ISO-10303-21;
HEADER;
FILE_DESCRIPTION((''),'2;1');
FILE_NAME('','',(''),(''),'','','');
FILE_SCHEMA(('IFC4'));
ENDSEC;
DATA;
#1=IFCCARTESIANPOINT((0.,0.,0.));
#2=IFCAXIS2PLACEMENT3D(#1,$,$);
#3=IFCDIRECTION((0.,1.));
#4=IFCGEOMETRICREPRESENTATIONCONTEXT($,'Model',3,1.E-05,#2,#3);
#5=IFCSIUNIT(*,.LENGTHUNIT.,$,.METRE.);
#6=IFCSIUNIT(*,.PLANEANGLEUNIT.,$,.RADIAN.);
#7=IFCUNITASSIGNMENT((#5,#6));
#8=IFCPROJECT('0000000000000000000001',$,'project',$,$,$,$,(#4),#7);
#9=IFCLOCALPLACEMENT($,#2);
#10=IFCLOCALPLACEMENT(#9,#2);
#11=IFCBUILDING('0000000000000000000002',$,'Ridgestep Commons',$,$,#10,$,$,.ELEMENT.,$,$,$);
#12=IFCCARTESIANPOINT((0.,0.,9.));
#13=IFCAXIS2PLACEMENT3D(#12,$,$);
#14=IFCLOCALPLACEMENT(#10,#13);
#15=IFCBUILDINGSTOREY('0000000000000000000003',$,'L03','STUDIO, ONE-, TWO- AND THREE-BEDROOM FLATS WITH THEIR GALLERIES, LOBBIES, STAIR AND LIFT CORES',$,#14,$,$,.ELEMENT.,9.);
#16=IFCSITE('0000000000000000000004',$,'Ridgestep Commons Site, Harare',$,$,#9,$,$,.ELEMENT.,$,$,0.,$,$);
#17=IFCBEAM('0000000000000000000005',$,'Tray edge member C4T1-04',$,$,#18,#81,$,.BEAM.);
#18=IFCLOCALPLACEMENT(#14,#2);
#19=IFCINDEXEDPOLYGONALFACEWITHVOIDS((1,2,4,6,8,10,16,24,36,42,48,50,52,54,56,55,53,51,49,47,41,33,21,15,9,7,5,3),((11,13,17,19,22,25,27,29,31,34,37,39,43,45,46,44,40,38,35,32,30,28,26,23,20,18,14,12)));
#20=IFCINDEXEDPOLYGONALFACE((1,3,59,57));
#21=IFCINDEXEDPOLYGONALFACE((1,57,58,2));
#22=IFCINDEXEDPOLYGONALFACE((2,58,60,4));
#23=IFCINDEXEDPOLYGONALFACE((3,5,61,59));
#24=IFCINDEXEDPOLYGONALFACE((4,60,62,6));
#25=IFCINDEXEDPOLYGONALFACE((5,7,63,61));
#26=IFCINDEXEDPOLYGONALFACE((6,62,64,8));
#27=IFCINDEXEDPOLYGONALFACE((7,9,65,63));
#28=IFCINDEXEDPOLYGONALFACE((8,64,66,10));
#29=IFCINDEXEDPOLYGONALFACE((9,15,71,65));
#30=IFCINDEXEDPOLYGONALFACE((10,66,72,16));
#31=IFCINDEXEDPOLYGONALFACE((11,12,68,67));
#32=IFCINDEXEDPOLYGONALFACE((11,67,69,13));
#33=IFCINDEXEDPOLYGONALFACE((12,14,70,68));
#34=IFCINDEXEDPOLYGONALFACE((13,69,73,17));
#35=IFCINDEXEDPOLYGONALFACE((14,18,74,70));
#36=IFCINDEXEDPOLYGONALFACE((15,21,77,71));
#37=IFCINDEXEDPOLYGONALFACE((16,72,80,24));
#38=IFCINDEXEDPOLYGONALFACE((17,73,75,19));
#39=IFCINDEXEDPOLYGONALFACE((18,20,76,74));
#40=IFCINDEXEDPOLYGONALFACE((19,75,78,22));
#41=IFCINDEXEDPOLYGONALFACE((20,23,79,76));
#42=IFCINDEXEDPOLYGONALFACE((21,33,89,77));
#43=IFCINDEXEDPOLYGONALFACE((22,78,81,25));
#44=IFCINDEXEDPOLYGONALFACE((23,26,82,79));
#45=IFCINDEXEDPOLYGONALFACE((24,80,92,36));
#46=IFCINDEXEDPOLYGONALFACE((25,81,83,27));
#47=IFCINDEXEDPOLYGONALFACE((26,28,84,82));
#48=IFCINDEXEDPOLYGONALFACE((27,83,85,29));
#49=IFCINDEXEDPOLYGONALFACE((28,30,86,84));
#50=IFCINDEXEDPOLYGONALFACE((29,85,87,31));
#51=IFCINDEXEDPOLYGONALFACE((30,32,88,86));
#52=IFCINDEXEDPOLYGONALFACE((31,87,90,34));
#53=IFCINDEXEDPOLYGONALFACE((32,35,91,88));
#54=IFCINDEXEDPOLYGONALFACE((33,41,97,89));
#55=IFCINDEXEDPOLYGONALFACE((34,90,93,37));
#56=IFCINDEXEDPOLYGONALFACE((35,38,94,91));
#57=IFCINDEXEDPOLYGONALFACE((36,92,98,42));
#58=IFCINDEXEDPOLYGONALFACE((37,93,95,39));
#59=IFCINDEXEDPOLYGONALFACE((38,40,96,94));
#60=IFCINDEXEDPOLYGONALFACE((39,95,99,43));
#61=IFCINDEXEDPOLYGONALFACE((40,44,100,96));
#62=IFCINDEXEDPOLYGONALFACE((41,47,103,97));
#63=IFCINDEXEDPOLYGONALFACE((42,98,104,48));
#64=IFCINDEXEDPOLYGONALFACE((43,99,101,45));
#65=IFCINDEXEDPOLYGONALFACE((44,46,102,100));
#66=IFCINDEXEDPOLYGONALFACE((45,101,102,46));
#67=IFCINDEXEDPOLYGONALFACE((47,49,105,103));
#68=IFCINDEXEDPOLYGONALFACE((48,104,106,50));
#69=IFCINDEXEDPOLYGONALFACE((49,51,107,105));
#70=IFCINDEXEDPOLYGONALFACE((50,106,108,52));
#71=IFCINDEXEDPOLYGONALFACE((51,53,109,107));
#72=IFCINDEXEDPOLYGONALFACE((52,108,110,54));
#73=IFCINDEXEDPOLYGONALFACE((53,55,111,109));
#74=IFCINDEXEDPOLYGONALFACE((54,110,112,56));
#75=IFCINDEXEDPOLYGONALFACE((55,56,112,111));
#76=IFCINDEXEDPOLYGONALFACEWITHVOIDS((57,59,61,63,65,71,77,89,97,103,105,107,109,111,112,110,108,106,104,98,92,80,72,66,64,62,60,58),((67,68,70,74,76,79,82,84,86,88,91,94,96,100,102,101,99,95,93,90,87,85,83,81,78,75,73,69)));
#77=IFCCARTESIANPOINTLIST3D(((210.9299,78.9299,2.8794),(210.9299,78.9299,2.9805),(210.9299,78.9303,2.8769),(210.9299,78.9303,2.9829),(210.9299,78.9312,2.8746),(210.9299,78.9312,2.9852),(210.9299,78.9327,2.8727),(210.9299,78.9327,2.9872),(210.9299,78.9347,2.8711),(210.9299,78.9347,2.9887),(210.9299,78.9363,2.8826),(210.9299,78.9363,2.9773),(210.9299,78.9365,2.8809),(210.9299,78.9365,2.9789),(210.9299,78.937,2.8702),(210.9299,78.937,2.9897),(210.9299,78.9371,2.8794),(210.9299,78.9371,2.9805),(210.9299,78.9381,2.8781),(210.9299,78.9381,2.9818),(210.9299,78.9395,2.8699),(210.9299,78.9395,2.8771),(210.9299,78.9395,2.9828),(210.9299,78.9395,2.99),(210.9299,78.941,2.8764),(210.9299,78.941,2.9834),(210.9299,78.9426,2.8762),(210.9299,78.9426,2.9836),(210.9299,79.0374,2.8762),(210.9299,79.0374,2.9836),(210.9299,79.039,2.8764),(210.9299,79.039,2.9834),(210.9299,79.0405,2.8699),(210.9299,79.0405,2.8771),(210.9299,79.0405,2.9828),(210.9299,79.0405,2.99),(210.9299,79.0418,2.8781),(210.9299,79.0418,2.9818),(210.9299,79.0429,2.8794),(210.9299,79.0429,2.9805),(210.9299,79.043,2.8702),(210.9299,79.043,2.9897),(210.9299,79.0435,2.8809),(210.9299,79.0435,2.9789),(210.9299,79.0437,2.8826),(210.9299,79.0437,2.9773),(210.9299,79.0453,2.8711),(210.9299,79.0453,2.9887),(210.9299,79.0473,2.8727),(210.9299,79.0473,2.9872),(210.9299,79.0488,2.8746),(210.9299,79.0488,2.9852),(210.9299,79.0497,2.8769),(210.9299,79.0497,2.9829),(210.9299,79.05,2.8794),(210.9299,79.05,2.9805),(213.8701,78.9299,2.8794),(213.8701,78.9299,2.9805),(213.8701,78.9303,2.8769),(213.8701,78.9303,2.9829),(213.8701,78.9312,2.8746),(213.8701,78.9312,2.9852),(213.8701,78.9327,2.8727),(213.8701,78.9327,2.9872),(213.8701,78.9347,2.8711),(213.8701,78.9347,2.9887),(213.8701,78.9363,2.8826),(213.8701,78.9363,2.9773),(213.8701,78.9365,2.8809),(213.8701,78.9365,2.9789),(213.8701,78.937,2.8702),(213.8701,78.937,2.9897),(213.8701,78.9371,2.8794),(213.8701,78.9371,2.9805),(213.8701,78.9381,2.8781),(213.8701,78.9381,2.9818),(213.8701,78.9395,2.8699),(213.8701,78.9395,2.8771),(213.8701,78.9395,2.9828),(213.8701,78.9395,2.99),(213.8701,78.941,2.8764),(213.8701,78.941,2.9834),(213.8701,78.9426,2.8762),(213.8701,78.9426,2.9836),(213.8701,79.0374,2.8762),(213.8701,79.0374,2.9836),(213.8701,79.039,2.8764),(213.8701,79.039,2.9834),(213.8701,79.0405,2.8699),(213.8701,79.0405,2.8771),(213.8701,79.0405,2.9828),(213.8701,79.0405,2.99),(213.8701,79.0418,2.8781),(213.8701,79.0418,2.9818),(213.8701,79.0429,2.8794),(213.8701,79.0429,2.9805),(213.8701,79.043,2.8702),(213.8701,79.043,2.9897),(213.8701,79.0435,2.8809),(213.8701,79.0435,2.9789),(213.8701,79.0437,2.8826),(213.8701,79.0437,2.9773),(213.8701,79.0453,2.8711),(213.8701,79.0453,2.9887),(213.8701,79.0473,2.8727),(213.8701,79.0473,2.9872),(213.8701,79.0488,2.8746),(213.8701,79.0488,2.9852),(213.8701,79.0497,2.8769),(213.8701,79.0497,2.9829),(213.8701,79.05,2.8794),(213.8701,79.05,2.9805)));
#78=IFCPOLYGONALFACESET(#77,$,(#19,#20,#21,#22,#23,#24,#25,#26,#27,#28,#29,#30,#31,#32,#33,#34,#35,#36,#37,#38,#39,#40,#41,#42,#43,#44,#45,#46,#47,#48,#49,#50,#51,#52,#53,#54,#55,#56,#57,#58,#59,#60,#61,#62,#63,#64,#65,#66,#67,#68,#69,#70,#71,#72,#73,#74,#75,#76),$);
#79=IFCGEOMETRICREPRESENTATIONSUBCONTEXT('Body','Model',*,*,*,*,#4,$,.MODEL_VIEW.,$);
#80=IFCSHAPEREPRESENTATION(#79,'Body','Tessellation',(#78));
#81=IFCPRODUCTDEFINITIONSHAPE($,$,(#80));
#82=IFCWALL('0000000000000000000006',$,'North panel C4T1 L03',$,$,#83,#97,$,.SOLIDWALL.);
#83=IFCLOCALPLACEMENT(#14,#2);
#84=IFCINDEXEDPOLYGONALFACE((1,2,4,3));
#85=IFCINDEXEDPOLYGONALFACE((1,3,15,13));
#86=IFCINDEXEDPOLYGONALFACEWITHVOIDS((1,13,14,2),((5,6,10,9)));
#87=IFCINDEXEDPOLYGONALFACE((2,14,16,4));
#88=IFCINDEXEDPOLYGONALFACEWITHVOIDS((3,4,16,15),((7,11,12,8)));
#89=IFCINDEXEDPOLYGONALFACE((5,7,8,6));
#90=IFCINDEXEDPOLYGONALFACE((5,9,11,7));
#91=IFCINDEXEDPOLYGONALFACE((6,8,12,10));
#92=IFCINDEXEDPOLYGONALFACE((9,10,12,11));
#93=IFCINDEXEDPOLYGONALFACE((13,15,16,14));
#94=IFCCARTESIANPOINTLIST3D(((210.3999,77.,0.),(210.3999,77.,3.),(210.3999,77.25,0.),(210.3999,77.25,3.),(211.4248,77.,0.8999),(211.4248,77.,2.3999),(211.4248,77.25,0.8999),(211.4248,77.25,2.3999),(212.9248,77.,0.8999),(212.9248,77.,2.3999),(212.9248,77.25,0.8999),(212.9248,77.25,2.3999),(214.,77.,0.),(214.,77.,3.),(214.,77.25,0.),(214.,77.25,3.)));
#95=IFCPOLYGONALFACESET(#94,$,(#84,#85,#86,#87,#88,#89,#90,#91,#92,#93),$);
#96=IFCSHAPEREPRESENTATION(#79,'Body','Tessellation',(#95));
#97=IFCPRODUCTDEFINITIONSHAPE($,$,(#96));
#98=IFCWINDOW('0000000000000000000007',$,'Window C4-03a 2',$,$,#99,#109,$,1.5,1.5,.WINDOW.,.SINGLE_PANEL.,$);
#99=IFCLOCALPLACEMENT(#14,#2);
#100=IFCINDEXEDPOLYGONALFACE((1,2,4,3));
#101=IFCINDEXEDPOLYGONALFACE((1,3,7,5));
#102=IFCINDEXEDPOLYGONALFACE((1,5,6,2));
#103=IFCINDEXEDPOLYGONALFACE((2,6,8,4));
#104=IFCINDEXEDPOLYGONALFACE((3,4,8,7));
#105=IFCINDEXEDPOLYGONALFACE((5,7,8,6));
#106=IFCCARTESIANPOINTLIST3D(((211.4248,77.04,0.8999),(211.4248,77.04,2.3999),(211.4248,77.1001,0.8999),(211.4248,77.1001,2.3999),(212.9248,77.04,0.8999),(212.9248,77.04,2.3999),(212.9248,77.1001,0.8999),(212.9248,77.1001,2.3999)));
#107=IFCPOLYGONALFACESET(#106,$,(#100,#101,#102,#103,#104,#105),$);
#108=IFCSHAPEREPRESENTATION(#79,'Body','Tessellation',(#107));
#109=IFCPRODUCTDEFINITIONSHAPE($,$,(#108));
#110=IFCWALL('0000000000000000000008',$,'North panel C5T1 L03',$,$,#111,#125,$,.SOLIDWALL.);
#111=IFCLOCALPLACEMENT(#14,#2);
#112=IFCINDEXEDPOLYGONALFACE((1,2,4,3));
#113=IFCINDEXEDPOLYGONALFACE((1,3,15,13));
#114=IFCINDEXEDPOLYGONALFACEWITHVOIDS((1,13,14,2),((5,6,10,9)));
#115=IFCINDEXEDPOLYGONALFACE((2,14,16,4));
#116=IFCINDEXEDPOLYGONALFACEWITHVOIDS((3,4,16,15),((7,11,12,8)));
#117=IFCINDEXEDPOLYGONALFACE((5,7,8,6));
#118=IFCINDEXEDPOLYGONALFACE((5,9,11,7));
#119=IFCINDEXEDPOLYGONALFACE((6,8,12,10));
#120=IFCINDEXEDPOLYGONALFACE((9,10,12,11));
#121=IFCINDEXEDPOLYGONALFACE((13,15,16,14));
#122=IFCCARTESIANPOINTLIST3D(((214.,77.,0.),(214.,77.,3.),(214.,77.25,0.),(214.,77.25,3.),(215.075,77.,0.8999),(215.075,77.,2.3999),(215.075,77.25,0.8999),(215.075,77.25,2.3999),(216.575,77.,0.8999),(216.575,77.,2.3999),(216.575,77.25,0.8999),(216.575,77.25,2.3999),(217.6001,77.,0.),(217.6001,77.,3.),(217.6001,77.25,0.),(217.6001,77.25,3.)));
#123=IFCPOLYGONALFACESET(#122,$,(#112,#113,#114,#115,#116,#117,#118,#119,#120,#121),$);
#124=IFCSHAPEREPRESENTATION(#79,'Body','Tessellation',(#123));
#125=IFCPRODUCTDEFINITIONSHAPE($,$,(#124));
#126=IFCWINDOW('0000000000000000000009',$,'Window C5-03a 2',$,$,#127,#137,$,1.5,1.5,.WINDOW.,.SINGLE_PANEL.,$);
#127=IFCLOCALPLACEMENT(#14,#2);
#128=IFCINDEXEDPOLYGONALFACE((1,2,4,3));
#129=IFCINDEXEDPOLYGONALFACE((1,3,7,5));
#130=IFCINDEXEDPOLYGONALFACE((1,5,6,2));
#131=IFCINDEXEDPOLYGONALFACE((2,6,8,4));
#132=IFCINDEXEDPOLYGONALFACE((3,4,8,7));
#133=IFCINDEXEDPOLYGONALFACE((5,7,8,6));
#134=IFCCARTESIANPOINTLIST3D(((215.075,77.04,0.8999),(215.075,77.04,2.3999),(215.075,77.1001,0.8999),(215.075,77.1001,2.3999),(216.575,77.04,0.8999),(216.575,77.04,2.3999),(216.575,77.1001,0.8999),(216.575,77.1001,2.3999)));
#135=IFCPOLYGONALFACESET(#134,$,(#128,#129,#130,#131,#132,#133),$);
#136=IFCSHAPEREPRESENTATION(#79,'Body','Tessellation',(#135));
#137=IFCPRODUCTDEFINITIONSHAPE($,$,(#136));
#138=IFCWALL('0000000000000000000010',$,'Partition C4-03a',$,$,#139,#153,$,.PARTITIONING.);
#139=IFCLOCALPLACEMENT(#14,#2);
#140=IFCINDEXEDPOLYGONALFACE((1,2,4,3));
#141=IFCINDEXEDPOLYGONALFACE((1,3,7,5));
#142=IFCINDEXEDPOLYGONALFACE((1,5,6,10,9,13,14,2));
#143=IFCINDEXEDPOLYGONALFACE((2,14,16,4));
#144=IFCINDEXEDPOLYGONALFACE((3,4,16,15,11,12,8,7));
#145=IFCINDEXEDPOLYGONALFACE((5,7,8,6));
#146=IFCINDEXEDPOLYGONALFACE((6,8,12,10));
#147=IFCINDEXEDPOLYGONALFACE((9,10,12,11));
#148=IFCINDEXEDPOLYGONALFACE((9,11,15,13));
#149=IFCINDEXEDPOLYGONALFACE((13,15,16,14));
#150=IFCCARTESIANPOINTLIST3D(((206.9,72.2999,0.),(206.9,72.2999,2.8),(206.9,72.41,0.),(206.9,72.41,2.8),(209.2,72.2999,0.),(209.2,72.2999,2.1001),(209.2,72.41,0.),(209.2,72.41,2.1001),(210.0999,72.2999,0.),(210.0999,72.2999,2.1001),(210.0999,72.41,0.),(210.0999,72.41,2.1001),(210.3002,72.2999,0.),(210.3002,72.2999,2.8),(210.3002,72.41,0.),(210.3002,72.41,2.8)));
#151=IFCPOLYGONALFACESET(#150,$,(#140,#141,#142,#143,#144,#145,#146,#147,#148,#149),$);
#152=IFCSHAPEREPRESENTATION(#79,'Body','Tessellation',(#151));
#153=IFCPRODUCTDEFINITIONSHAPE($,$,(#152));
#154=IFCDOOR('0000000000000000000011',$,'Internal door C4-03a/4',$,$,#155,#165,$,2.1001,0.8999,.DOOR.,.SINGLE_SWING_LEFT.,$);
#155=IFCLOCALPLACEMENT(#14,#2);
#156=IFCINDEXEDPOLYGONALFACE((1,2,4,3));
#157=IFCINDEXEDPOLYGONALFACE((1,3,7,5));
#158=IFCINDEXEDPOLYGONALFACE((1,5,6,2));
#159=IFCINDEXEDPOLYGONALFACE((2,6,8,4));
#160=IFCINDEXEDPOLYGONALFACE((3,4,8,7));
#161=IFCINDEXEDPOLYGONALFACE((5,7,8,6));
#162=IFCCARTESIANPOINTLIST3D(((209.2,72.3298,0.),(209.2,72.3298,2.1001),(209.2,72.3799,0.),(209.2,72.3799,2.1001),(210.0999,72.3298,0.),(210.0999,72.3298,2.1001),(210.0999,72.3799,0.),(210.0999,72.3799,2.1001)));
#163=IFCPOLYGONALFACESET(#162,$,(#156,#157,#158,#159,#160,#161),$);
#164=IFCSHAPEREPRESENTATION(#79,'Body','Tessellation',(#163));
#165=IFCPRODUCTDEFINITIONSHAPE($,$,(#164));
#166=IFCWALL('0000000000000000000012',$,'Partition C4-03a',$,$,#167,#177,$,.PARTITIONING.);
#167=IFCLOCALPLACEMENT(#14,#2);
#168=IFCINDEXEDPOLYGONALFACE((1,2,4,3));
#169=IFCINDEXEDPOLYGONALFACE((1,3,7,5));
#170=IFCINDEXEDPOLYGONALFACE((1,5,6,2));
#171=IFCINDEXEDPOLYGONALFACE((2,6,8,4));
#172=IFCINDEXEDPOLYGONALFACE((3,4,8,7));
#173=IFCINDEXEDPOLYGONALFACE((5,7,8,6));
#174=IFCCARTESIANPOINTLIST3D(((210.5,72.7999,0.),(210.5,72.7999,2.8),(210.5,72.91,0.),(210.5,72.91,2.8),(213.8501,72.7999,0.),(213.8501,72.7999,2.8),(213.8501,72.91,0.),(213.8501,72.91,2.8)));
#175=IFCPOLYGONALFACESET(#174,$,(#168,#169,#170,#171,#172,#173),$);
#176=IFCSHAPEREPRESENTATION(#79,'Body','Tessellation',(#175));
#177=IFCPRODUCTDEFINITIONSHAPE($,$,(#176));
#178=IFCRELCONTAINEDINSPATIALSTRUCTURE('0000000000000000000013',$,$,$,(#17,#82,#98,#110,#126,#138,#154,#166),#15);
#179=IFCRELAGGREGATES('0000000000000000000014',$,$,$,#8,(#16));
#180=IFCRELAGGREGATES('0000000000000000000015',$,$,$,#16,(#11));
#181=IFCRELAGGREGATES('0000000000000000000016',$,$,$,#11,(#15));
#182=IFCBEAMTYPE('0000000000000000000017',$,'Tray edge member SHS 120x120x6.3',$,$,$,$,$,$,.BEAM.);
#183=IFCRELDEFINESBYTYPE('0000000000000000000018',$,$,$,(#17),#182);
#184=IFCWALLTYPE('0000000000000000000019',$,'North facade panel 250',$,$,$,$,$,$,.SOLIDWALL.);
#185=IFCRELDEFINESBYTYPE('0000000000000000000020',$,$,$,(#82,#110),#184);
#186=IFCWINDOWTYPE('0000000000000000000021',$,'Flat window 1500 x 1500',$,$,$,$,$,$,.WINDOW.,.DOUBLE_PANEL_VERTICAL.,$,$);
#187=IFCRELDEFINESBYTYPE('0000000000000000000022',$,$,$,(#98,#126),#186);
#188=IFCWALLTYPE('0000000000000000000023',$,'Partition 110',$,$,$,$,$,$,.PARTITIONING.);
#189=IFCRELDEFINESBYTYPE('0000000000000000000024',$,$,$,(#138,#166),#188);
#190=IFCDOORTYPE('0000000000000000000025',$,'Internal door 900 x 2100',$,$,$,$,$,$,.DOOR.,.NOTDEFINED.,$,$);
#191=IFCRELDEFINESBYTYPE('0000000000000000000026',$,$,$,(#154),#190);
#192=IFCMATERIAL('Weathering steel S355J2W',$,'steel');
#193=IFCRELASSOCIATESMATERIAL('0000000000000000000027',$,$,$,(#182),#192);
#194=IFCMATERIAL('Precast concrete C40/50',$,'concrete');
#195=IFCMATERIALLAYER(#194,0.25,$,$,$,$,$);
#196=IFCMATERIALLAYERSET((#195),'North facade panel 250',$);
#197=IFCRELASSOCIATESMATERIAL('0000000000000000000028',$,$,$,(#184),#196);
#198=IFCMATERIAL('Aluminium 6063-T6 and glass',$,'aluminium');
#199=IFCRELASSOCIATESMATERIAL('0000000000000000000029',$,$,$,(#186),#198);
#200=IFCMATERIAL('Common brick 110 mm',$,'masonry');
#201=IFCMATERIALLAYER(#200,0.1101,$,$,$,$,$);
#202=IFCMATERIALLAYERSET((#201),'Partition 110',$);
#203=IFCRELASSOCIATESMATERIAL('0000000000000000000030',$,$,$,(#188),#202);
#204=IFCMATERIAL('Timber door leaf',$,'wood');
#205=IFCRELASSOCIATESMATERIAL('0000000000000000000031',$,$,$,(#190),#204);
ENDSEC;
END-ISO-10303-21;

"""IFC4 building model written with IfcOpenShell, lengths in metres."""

from ifc_helpers import new_model, si_unit, direction, frame, frame_2d, origin, origin_2d, place, context, subcontext, project, spatial, rectangle, hollow_rectangle, extrude, material, layer, layer_set, material_profile, profile_set, type_object, element, fill, save


model = new_model("IFC4")

# Units and contexts
model_context = context("Model", 3, precision=1e-05, world=origin(), true_north=direction((0.0, 1.0)))
body_context = subcontext(model_context, "Body", "Model", "MODEL_VIEW")
ifc_project = project(units=[si_unit("LENGTHUNIT", "METRE"), si_unit("PLANEANGLEUNIT", "RADIAN")], contexts=[model_context])

# Site, building, storey
site_placement = place(None, origin())
site = spatial("IfcSite", under=ifc_project, at=site_placement, Name="Ridgestep Commons Site, Harare", CompositionType="ELEMENT", RefElevation=0.0)
building_placement = place(site_placement, origin())
building = spatial("IfcBuilding", under=site, at=building_placement, Name="Ridgestep Commons", CompositionType="ELEMENT")
storey_placement = place(building_placement, frame((0.0, 0.0, 9.0)))
storey = spatial("IfcBuildingStorey", under=building, at=storey_placement, Name="L03", Description="STUDIO, ONE-, TWO- AND THREE-BEDROOM FLATS WITH THEIR GALLERIES, LOBBIES, STAIR AND LIFT CORES", CompositionType="ELEMENT", Elevation=9.0)

# Beam
ifc_material_1 = material(Name="Weathering steel S355J2W", Category="steel")
ifc_material_profile_1 = material_profile(ifc_material_1, hollow_rectangle(XDim=0.1201, YDim=0.1201, WallThickness=0.0063, InnerFilletRadius=0.0063, OuterFilletRadius=0.0095, at=origin_2d()), Name="SHS 120x120x6.3")
ifc_profile_set_1 = profile_set([ifc_material_profile_1], Name="Weathering steel S355J2W")
beam_type_1 = type_object("IfcBeamType", Name="Tray edge member SHS 120x120x6.3", PredefinedType="BEAM", material=ifc_profile_set_1)
beam_placement = place(storey_placement, frame((210.9299, 78.99, 2.9299), z_axis=(1.0, 0.0, 0.0), x_axis=(0.0, 0.0, 1.0)))
element("IfcBeam", 1, at=beam_placement, inside=storey, type_object=beam_type_1, Name="Tray edge member C4T1-04", PredefinedType="BEAM", context=body_context, shape_type="SweptSolid", body=[
    extrude(hollow_rectangle(XDim=0.1201, YDim=0.1201, WallThickness=0.0063, InnerFilletRadius=0.0063, OuterFilletRadius=0.0095, at=origin_2d()), origin(), (0.0, 0.0, 1.0), 2.9402),
])

# Walls, openings, windows
ifc_material_2 = material(Name="Precast concrete C40/50", Category="concrete")
ifc_layer_1 = layer(ifc_material_2, 0.25)
ifc_layer_set_1 = layer_set([ifc_layer_1], Name="North facade panel 250")
wall_type_1 = type_object("IfcWallType", Name="North facade panel 250", PredefinedType="SOLIDWALL", material=ifc_layer_set_1)
wall_1_placement = place(storey_placement, frame((210.3999, 77.125, 0.0), z_axis=(0.0, 0.0, 1.0), x_axis=(1.0, 0.0, 0.0)))
wall_1 = element("IfcWall", 2, at=wall_1_placement, inside=storey, type_object=wall_type_1, Name="North panel C4T1 L03", PredefinedType="SOLIDWALL", context=body_context, shape_type="SweptSolid", body=[
    extrude(rectangle(XDim=3.6001, YDim=0.25, at=frame_2d((1.8, 0.0))), origin(), (0.0, 0.0, 1.0), 3.0),
])
opening_1_placement = place(wall_1_placement, frame((1.0249, 0.0, 0.8999)))
opening_1 = element("IfcOpeningElement", 3, at=opening_1_placement, cuts=wall_1, PredefinedType="OPENING", context=body_context, shape_type="SweptSolid", body=[
    extrude(rectangle(XDim=1.5, YDim=1.5, at=frame_2d((0.75, 0.75))), frame((0.0, 0.135, 0.0), z_axis=(0.0, -1.0, 0.0), x_axis=(1.0, 0.0, 0.0)), (0.0, 0.0, 1.0), 0.27),
])
ifc_material_3 = material(Name="Aluminium 6063-T6 and glass", Category="aluminium")
window_type = type_object("IfcWindowType", Name="Flat window 1500 x 1500", PartitioningType="DOUBLE_PANEL_VERTICAL", PredefinedType="WINDOW", material=ifc_material_3)
window_1_placement = place(opening_1_placement, origin())
window_1 = element("IfcWindow", 4, at=window_1_placement, inside=storey, type_object=window_type, Name="Window C4-03a 2", OverallHeight=1.5, OverallWidth=1.5, PartitioningType="SINGLE_PANEL", PredefinedType="WINDOW", context=body_context, shape_type="SweptSolid", body=[
    extrude(rectangle(XDim=1.5, YDim=1.5, at=frame_2d((0.75, 0.75))), frame((0.0, -0.0249, 0.0), z_axis=(0.0, -1.0, 0.0), x_axis=(1.0, 0.0, 0.0)), (0.0, 0.0, 1.0), 0.0601),
])
fill(opening_1, window_1)
wall_2_placement = place(storey_placement, frame((214.0, 77.125, 0.0), z_axis=(0.0, 0.0, 1.0), x_axis=(1.0, 0.0, 0.0)))
wall_2 = element("IfcWall", 5, at=wall_2_placement, inside=storey, type_object=wall_type_1, Name="North panel C5T1 L03", PredefinedType="SOLIDWALL", context=body_context, shape_type="SweptSolid", body=[
    extrude(rectangle(XDim=3.6001, YDim=0.25, at=frame_2d((1.8, 0.0))), origin(), (0.0, 0.0, 1.0), 3.0),
])
opening_2_placement = place(wall_2_placement, frame((1.075, 0.0, 0.8999)))
opening_2 = element("IfcOpeningElement", 6, at=opening_2_placement, cuts=wall_2, PredefinedType="OPENING", context=body_context, shape_type="SweptSolid", body=[
    extrude(rectangle(XDim=1.5, YDim=1.5, at=frame_2d((0.75, 0.75))), frame((0.0, 0.135, 0.0), z_axis=(0.0, -1.0, 0.0), x_axis=(1.0, 0.0, 0.0)), (0.0, 0.0, 1.0), 0.27),
])
window_2_placement = place(opening_2_placement, origin())
window_2 = element("IfcWindow", 7, at=window_2_placement, inside=storey, type_object=window_type, Name="Window C5-03a 2", OverallHeight=1.5, OverallWidth=1.5, PartitioningType="SINGLE_PANEL", PredefinedType="WINDOW", context=body_context, shape_type="SweptSolid", body=[
    extrude(rectangle(XDim=1.5, YDim=1.5, at=frame_2d((0.75, 0.75))), frame((0.0, -0.0249, 0.0), z_axis=(0.0, -1.0, 0.0), x_axis=(1.0, 0.0, 0.0)), (0.0, 0.0, 1.0), 0.0601),
])
fill(opening_2, window_2)

# Wall, opening, door
ifc_material_4 = material(Name="Common brick 110 mm", Category="masonry")
ifc_layer_2 = layer(ifc_material_4, 0.1101)
ifc_layer_set_2 = layer_set([ifc_layer_2], Name="Partition 110")
wall_type_2 = type_object("IfcWallType", Name="Partition 110", PredefinedType="PARTITIONING", material=ifc_layer_set_2)
wall_3_placement = place(storey_placement, frame((206.8999, 72.355, 0.0), z_axis=(0.0, 0.0, 1.0), x_axis=(1.0, 0.0, 0.0)))
wall_3 = element("IfcWall", 8, at=wall_3_placement, inside=storey, type_object=wall_type_2, Name="Partition C4-03a", PredefinedType="PARTITIONING", context=body_context, shape_type="SweptSolid", body=[
    extrude(rectangle(XDim=3.4001, YDim=0.1101, at=frame_2d((1.7002, 0.0))), origin(), (0.0, 0.0, 1.0), 2.8),
])
opening_3_placement = place(wall_3_placement, frame((2.3, 0.0, 0.0)))
opening_3 = element("IfcOpeningElement", 9, at=opening_3_placement, cuts=wall_3, PredefinedType="OPENING", context=body_context, shape_type="SweptSolid", body=[
    extrude(rectangle(XDim=0.8999, YDim=2.1001, at=frame_2d((0.45, 1.05))), frame((0.0, 0.0649, 0.0), z_axis=(0.0, -1.0, 0.0), x_axis=(1.0, 0.0, 0.0)), (0.0, 0.0, 1.0), 0.1301),
])
ifc_material_5 = material(Name="Timber door leaf", Category="wood")
door_type = type_object("IfcDoorType", Name="Internal door 900 x 2100", OperationType="NOTDEFINED", PredefinedType="DOOR", material=ifc_material_5)
door_1_placement = place(opening_3_placement, origin())
door_1 = element("IfcDoor", 10, at=door_1_placement, inside=storey, type_object=door_type, Name="Internal door C4-03a/4", OperationType="SINGLE_SWING_LEFT", OverallHeight=2.1001, OverallWidth=0.8999, PredefinedType="DOOR", context=body_context, shape_type="SweptSolid", body=[
    extrude(rectangle(XDim=0.8999, YDim=2.1001, at=frame_2d((0.45, 1.05))), frame((0.0, 0.0249, 0.0), z_axis=(0.0, -1.0, 0.0), x_axis=(1.0, 0.0, 0.0)), (0.0, 0.0, 1.0), 0.05),
])
fill(opening_3, door_1)

# Wall
wall_4_placement = place(storey_placement, frame((210.5, 72.855, 0.0), z_axis=(0.0, 0.0, 1.0), x_axis=(1.0, 0.0, 0.0)))
element("IfcWall", 11, at=wall_4_placement, inside=storey, type_object=wall_type_2, Name="Partition C4-03a", PredefinedType="PARTITIONING", context=body_context, shape_type="SweptSolid", body=[
    extrude(rectangle(XDim=3.3501, YDim=0.1101, at=frame_2d((1.675, 0.0))), origin(), (0.0, 0.0, 1.0), 2.8),
])

save(model, "model.ifc")
